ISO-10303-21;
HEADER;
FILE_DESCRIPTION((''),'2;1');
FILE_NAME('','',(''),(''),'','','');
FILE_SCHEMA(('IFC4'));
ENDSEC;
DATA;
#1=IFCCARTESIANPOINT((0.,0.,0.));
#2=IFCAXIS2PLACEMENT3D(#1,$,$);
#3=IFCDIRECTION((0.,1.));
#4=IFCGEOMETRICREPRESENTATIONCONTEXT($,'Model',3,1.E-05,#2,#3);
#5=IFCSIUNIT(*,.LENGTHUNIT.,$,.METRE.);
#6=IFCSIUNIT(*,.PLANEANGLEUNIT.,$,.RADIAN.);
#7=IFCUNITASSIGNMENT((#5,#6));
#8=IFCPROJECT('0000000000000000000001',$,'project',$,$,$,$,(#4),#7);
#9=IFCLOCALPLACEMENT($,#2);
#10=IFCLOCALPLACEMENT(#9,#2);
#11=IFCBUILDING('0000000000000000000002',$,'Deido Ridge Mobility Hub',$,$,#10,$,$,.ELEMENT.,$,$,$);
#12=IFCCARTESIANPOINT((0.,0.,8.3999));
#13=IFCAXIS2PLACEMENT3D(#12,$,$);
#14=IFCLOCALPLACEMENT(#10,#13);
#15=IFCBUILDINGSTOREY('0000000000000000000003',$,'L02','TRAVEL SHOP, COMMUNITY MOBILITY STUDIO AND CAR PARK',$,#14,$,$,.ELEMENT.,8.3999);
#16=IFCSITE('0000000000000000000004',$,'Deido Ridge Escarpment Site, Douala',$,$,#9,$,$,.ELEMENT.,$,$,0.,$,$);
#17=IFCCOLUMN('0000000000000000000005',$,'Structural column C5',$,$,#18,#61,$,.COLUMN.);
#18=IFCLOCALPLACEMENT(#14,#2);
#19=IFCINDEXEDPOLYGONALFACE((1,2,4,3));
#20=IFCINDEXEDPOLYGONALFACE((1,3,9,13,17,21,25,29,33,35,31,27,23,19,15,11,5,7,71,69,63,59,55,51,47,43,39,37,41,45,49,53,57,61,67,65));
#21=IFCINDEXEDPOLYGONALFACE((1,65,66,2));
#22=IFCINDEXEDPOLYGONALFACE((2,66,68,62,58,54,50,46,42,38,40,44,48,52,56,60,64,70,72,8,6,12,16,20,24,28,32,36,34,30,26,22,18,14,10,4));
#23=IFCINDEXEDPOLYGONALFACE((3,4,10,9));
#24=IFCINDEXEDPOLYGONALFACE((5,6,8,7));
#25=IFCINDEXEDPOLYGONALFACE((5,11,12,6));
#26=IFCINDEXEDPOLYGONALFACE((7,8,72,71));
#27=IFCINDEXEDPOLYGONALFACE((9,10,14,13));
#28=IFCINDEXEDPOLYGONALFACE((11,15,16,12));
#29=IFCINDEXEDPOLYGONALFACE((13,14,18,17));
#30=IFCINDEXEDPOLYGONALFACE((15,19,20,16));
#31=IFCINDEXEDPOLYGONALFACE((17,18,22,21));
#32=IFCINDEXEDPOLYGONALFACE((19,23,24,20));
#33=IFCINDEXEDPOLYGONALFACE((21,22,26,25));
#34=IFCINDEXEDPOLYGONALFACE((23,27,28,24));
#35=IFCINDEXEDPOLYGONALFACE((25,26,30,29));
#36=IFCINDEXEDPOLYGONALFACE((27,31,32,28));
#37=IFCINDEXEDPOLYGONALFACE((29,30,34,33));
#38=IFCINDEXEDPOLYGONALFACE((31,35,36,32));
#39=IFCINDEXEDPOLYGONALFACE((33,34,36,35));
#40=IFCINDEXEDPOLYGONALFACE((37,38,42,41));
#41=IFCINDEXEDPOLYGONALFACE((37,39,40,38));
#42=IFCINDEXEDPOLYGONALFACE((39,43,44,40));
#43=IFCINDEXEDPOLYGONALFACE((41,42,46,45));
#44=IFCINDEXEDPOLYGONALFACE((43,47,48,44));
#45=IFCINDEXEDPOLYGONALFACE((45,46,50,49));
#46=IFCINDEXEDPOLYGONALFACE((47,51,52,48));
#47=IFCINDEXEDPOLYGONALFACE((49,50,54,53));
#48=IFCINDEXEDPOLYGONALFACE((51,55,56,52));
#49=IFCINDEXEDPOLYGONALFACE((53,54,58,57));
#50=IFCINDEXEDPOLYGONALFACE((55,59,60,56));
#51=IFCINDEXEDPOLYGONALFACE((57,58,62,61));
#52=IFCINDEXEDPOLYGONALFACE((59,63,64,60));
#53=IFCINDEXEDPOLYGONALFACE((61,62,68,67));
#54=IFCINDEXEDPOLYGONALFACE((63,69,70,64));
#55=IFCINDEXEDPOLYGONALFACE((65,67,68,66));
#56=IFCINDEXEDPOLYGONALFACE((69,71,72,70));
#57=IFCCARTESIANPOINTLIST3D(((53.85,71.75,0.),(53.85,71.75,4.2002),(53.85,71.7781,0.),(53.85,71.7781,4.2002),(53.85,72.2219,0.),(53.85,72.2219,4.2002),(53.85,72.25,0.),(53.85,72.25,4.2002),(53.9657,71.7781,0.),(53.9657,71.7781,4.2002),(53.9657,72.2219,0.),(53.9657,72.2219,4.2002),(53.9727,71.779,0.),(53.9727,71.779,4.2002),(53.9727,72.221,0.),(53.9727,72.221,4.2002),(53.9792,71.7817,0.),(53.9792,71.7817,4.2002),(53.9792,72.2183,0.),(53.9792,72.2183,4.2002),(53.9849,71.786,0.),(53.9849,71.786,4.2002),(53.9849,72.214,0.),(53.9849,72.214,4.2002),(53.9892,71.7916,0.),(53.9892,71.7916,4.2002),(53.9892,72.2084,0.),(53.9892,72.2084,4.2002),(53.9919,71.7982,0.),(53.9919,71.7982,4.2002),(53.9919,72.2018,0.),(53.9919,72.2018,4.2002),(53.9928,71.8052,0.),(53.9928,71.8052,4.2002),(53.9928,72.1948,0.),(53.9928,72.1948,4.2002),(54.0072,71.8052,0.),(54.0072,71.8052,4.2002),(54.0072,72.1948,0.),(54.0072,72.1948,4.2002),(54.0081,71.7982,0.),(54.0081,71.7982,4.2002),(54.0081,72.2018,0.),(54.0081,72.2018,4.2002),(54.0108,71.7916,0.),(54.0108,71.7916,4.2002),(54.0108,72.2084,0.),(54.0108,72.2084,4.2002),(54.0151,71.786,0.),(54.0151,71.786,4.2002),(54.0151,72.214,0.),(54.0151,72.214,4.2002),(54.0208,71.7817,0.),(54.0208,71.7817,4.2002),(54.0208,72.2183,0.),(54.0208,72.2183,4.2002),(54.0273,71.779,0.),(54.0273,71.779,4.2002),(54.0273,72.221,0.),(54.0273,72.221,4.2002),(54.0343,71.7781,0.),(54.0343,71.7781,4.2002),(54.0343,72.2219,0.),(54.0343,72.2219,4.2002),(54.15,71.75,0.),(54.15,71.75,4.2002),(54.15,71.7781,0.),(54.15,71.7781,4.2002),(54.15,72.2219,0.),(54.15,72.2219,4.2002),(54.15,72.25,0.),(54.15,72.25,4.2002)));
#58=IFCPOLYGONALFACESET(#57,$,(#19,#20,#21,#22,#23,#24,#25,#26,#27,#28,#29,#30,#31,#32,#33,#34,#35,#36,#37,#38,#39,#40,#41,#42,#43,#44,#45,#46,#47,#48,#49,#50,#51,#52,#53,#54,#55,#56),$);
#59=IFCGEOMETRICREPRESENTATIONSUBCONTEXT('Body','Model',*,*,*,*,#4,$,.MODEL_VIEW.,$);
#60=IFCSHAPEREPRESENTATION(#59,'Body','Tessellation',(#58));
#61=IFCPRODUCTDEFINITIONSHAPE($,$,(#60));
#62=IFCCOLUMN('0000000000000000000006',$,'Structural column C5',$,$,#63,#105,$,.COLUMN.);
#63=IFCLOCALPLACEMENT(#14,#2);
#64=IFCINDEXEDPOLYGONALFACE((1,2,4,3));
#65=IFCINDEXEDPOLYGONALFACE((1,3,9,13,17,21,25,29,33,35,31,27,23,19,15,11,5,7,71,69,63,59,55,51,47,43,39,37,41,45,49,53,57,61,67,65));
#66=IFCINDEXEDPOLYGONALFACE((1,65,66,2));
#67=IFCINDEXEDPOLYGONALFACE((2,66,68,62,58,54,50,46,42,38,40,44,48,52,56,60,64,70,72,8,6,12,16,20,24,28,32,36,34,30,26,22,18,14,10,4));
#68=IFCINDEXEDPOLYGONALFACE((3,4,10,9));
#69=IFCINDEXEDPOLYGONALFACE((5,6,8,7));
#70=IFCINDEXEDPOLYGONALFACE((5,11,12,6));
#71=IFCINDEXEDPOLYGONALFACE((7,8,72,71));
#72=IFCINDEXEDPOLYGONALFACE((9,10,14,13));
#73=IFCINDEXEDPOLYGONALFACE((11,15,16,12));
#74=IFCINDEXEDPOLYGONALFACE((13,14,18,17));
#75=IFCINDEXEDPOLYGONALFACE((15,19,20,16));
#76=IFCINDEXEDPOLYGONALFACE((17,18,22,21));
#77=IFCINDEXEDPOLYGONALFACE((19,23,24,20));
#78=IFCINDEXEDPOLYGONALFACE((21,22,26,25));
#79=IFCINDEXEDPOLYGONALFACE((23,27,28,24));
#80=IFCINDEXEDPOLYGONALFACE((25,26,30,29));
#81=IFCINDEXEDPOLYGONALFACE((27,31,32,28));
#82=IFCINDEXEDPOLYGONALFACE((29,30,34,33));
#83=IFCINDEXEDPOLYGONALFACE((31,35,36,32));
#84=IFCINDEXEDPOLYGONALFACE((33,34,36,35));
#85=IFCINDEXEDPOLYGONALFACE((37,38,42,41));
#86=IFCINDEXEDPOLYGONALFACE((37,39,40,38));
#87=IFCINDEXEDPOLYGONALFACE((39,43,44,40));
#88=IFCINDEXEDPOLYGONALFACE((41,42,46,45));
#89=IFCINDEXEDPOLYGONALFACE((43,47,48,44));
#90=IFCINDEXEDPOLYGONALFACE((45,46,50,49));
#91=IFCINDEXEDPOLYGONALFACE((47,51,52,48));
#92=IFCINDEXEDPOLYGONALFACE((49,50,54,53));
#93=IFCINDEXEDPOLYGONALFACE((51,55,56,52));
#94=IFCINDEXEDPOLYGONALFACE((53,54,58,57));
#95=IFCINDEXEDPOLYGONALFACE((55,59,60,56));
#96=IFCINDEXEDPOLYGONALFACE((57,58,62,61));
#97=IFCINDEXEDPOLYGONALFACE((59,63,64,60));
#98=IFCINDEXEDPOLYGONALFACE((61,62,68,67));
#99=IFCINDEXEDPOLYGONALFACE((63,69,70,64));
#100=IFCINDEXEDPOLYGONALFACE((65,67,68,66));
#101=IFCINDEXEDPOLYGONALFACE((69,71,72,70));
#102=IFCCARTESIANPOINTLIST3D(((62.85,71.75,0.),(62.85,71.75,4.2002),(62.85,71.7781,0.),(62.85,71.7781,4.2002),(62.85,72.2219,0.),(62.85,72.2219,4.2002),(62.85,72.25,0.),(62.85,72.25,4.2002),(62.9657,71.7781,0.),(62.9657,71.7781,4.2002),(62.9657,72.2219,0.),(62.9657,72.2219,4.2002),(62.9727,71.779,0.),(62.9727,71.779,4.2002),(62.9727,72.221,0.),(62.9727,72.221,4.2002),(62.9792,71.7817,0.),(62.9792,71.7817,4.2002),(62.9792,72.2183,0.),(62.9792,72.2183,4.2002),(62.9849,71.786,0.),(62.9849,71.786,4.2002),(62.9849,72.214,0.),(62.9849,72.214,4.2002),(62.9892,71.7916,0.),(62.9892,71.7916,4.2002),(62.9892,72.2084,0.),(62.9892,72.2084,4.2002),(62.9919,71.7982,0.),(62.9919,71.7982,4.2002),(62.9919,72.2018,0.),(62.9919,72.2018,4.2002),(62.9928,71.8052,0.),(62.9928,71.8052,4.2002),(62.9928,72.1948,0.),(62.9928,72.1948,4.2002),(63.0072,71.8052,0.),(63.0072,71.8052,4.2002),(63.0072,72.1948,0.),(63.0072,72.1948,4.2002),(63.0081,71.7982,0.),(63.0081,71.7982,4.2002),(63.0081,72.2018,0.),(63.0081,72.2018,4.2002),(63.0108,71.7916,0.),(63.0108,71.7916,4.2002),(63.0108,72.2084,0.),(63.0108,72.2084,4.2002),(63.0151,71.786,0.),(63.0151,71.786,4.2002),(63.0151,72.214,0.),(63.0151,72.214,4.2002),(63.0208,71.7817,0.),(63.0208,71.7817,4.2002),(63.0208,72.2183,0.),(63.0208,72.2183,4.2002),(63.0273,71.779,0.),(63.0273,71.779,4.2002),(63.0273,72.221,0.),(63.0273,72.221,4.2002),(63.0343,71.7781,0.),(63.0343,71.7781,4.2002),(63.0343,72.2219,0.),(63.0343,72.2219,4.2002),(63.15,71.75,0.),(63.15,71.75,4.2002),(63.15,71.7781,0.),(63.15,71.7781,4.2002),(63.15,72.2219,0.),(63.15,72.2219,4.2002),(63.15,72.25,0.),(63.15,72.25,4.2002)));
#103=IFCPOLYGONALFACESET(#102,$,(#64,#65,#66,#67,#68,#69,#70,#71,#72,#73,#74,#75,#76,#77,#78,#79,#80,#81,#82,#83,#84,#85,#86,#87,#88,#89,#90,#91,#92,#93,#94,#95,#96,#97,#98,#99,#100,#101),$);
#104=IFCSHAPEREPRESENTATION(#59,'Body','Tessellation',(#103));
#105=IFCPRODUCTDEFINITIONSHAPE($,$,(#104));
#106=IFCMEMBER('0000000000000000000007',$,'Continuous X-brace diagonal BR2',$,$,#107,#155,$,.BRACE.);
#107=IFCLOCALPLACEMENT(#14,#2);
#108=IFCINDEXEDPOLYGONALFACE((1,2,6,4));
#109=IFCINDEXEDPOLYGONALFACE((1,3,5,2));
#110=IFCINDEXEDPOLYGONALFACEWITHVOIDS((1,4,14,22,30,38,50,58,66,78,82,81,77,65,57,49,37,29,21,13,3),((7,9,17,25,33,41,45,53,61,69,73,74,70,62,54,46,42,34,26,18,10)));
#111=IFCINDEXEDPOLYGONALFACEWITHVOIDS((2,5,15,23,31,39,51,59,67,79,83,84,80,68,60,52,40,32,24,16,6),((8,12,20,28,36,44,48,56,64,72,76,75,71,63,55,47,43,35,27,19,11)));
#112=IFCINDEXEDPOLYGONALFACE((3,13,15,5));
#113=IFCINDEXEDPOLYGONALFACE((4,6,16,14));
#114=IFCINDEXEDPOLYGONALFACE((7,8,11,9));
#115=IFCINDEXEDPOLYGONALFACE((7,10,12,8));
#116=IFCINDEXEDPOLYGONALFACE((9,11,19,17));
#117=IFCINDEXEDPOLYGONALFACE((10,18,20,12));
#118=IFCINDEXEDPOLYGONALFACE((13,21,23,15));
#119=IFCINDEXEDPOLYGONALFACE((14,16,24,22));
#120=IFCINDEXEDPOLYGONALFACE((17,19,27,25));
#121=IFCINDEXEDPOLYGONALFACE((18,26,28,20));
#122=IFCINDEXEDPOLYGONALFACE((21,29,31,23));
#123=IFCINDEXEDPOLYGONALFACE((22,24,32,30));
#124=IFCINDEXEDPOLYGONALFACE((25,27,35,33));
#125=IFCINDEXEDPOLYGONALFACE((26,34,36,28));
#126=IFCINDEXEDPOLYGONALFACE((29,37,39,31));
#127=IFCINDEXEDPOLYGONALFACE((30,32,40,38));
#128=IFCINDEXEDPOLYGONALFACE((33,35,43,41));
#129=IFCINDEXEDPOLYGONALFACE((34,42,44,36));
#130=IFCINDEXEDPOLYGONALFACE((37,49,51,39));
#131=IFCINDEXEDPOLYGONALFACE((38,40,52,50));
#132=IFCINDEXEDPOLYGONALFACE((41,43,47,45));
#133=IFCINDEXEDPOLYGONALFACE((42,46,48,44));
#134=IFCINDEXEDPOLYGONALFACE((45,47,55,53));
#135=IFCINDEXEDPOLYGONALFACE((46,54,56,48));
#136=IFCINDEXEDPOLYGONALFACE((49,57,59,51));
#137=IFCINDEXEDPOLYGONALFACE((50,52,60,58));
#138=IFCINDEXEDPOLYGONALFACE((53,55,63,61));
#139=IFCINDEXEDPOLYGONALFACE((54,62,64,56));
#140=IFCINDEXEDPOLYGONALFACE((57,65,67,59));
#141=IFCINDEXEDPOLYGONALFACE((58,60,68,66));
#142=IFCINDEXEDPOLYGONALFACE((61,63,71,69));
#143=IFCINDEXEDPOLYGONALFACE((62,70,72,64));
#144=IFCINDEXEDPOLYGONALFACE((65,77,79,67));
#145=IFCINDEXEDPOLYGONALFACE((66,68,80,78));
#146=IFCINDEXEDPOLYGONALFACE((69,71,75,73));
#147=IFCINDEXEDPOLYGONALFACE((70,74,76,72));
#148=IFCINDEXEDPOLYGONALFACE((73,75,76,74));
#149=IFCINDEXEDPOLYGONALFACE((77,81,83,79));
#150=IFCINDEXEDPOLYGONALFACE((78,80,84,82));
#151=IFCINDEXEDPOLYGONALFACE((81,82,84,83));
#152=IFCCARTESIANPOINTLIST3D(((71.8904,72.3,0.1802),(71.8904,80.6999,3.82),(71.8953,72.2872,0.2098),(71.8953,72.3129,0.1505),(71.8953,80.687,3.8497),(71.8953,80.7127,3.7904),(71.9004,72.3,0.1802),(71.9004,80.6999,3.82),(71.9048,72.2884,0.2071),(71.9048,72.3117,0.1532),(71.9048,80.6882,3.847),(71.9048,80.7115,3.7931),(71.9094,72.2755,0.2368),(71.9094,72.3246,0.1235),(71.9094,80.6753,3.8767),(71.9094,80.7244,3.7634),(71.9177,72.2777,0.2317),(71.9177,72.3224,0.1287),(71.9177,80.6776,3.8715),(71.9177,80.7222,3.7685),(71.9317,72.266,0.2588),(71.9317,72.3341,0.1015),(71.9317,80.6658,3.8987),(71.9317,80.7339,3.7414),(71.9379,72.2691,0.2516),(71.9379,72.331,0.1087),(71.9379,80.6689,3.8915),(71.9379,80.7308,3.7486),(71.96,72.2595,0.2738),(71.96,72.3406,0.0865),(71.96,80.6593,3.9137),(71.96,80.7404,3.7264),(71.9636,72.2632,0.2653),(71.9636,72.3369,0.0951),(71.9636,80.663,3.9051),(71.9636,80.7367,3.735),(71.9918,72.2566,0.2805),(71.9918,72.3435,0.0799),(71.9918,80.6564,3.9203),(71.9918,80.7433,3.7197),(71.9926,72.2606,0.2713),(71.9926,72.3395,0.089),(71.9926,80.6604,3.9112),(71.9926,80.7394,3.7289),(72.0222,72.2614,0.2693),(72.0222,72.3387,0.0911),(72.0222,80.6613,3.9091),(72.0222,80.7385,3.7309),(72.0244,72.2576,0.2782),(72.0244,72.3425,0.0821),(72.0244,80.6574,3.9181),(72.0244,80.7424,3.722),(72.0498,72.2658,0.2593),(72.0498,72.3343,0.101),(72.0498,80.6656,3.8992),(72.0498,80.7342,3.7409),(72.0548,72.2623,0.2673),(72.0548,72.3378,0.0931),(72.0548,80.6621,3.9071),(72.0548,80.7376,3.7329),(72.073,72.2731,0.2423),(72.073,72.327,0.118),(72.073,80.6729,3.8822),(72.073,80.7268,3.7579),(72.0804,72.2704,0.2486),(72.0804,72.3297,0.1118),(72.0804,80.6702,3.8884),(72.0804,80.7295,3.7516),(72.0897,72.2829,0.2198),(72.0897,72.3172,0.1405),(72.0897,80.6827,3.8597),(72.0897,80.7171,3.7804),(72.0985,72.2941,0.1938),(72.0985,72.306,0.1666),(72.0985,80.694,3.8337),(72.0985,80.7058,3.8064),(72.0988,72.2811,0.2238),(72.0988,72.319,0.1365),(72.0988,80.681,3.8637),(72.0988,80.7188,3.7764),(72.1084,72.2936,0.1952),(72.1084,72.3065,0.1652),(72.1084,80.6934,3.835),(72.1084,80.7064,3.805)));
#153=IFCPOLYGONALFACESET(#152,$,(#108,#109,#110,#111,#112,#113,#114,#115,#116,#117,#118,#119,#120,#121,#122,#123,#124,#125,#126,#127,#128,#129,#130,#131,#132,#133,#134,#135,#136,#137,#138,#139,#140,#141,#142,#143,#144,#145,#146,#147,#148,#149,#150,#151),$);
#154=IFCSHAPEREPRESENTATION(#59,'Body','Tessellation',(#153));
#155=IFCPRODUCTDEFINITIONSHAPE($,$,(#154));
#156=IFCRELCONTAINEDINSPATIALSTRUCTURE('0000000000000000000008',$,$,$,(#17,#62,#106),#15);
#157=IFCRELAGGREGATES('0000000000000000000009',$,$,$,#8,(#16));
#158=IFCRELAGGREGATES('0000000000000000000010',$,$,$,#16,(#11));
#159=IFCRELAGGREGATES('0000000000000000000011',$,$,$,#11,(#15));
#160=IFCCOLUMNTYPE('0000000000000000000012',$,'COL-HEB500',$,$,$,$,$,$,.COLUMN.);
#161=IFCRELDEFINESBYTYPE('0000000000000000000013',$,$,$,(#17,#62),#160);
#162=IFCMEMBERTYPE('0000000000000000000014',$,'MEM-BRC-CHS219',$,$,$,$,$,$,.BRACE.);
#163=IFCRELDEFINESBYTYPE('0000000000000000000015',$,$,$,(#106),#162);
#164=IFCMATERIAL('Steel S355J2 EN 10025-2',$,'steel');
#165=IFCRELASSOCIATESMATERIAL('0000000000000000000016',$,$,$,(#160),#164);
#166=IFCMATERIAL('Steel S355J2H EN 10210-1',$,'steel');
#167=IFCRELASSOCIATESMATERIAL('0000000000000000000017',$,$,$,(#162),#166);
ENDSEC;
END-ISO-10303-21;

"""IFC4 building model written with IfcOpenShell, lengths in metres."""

from ifc_helpers import new_model, si_unit, direction, frame, origin, origin_2d, place, context, subcontext, project, spatial, hollow_circle, i_section, extrude, material, material_profile, profile_set, type_object, element, save


model = new_model("IFC4")

# Units and contexts
model_context = context("Model", 3, precision=1e-05, world=origin(), true_north=direction((0.0, 1.0)))
body_context = subcontext(model_context, "Body", "Model", "MODEL_VIEW")
ifc_project = project(units=[si_unit("LENGTHUNIT", "METRE"), si_unit("PLANEANGLEUNIT", "RADIAN")], contexts=[model_context])

# Site, building, storey
site_placement = place(None, origin())
site = spatial("IfcSite", under=ifc_project, at=site_placement, Name="Deido Ridge Escarpment Site, Douala", CompositionType="ELEMENT", RefElevation=0.0)
building_placement = place(site_placement, origin())
building = spatial("IfcBuilding", under=site, at=building_placement, Name="Deido Ridge Mobility Hub", CompositionType="ELEMENT")
storey_placement = place(building_placement, frame((0.0, 0.0, 8.3999)))
storey = spatial("IfcBuildingStorey", under=building, at=storey_placement, Name="L02", Description="TRAVEL SHOP, COMMUNITY MOBILITY STUDIO AND CAR PARK", CompositionType="ELEMENT", Elevation=8.3999)

# Columns
ifc_material_1 = material(Name="Steel S355J2 EN 10025-2", Category="steel")
ifc_material_profile_1 = material_profile(ifc_material_1, i_section(OverallWidth=0.3, OverallDepth=0.5, WebThickness=0.0144, FlangeThickness=0.0281, FilletRadius=0.0271, at=origin_2d()), Name="HEB 500")
ifc_profile_set_1 = profile_set([ifc_material_profile_1], Name="Steel S355J2 EN 10025-2")
column_type = type_object("IfcColumnType", Name="COL-HEB500", PredefinedType="COLUMN", material=ifc_profile_set_1)
for number, where, z_axis, x_axis, name in (
    (1, (54.0, 72.0, 0.0), (0.0, 0.0, 1.0), (1.0, 0.0, 0.0), "Structural column C5"),
    (2, (63.0, 72.0, 0.0), (0.0, 0.0, 1.0), (1.0, 0.0, 0.0), "Structural column C5"),
):
    element("IfcColumn", number, at=place(storey_placement, frame(where, z_axis=z_axis, x_axis=x_axis)), inside=storey, type_object=column_type, Name=name, PredefinedType="COLUMN", context=body_context, shape_type="SweptSolid", body=[
        extrude(i_section(OverallWidth=0.3, OverallDepth=0.5, WebThickness=0.0144, FlangeThickness=0.0281, FilletRadius=0.0271, at=origin_2d()), origin(), (0.0, 0.0, 1.0), 4.2002),
    ])

# Member
ifc_material_2 = material(Name="Steel S355J2H EN 10210-1", Category="steel")
ifc_material_profile_2 = material_profile(ifc_material_2, hollow_circle(Radius=0.1096, WallThickness=0.01, at=origin_2d()), Name="CHS 219.1x10")
ifc_profile_set_2 = profile_set([ifc_material_profile_2], Name="Steel S355J2H EN 10210-1")
member_type_1 = type_object("IfcMemberType", Name="MEM-BRC-CHS219", PredefinedType="BRACE", material=ifc_profile_set_2)
member_1_placement = place(storey_placement, frame((72.0, 72.3, 0.1802), z_axis=(0.0, 0.917558, 0.397601), x_axis=(-1.0, 0.0, 0.0)))
element("IfcMember", 3, at=member_1_placement, inside=storey, type_object=member_type_1, Name="Continuous X-brace diagonal BR2", PredefinedType="BRACE", context=body_context, shape_type="SweptSolid", body=[
    extrude(hollow_circle(Radius=0.1096, WallThickness=0.01, at=origin_2d()), origin(), (0.0, 0.0, 1.0), 9.1545),
])

save(model, "model.ifc")
